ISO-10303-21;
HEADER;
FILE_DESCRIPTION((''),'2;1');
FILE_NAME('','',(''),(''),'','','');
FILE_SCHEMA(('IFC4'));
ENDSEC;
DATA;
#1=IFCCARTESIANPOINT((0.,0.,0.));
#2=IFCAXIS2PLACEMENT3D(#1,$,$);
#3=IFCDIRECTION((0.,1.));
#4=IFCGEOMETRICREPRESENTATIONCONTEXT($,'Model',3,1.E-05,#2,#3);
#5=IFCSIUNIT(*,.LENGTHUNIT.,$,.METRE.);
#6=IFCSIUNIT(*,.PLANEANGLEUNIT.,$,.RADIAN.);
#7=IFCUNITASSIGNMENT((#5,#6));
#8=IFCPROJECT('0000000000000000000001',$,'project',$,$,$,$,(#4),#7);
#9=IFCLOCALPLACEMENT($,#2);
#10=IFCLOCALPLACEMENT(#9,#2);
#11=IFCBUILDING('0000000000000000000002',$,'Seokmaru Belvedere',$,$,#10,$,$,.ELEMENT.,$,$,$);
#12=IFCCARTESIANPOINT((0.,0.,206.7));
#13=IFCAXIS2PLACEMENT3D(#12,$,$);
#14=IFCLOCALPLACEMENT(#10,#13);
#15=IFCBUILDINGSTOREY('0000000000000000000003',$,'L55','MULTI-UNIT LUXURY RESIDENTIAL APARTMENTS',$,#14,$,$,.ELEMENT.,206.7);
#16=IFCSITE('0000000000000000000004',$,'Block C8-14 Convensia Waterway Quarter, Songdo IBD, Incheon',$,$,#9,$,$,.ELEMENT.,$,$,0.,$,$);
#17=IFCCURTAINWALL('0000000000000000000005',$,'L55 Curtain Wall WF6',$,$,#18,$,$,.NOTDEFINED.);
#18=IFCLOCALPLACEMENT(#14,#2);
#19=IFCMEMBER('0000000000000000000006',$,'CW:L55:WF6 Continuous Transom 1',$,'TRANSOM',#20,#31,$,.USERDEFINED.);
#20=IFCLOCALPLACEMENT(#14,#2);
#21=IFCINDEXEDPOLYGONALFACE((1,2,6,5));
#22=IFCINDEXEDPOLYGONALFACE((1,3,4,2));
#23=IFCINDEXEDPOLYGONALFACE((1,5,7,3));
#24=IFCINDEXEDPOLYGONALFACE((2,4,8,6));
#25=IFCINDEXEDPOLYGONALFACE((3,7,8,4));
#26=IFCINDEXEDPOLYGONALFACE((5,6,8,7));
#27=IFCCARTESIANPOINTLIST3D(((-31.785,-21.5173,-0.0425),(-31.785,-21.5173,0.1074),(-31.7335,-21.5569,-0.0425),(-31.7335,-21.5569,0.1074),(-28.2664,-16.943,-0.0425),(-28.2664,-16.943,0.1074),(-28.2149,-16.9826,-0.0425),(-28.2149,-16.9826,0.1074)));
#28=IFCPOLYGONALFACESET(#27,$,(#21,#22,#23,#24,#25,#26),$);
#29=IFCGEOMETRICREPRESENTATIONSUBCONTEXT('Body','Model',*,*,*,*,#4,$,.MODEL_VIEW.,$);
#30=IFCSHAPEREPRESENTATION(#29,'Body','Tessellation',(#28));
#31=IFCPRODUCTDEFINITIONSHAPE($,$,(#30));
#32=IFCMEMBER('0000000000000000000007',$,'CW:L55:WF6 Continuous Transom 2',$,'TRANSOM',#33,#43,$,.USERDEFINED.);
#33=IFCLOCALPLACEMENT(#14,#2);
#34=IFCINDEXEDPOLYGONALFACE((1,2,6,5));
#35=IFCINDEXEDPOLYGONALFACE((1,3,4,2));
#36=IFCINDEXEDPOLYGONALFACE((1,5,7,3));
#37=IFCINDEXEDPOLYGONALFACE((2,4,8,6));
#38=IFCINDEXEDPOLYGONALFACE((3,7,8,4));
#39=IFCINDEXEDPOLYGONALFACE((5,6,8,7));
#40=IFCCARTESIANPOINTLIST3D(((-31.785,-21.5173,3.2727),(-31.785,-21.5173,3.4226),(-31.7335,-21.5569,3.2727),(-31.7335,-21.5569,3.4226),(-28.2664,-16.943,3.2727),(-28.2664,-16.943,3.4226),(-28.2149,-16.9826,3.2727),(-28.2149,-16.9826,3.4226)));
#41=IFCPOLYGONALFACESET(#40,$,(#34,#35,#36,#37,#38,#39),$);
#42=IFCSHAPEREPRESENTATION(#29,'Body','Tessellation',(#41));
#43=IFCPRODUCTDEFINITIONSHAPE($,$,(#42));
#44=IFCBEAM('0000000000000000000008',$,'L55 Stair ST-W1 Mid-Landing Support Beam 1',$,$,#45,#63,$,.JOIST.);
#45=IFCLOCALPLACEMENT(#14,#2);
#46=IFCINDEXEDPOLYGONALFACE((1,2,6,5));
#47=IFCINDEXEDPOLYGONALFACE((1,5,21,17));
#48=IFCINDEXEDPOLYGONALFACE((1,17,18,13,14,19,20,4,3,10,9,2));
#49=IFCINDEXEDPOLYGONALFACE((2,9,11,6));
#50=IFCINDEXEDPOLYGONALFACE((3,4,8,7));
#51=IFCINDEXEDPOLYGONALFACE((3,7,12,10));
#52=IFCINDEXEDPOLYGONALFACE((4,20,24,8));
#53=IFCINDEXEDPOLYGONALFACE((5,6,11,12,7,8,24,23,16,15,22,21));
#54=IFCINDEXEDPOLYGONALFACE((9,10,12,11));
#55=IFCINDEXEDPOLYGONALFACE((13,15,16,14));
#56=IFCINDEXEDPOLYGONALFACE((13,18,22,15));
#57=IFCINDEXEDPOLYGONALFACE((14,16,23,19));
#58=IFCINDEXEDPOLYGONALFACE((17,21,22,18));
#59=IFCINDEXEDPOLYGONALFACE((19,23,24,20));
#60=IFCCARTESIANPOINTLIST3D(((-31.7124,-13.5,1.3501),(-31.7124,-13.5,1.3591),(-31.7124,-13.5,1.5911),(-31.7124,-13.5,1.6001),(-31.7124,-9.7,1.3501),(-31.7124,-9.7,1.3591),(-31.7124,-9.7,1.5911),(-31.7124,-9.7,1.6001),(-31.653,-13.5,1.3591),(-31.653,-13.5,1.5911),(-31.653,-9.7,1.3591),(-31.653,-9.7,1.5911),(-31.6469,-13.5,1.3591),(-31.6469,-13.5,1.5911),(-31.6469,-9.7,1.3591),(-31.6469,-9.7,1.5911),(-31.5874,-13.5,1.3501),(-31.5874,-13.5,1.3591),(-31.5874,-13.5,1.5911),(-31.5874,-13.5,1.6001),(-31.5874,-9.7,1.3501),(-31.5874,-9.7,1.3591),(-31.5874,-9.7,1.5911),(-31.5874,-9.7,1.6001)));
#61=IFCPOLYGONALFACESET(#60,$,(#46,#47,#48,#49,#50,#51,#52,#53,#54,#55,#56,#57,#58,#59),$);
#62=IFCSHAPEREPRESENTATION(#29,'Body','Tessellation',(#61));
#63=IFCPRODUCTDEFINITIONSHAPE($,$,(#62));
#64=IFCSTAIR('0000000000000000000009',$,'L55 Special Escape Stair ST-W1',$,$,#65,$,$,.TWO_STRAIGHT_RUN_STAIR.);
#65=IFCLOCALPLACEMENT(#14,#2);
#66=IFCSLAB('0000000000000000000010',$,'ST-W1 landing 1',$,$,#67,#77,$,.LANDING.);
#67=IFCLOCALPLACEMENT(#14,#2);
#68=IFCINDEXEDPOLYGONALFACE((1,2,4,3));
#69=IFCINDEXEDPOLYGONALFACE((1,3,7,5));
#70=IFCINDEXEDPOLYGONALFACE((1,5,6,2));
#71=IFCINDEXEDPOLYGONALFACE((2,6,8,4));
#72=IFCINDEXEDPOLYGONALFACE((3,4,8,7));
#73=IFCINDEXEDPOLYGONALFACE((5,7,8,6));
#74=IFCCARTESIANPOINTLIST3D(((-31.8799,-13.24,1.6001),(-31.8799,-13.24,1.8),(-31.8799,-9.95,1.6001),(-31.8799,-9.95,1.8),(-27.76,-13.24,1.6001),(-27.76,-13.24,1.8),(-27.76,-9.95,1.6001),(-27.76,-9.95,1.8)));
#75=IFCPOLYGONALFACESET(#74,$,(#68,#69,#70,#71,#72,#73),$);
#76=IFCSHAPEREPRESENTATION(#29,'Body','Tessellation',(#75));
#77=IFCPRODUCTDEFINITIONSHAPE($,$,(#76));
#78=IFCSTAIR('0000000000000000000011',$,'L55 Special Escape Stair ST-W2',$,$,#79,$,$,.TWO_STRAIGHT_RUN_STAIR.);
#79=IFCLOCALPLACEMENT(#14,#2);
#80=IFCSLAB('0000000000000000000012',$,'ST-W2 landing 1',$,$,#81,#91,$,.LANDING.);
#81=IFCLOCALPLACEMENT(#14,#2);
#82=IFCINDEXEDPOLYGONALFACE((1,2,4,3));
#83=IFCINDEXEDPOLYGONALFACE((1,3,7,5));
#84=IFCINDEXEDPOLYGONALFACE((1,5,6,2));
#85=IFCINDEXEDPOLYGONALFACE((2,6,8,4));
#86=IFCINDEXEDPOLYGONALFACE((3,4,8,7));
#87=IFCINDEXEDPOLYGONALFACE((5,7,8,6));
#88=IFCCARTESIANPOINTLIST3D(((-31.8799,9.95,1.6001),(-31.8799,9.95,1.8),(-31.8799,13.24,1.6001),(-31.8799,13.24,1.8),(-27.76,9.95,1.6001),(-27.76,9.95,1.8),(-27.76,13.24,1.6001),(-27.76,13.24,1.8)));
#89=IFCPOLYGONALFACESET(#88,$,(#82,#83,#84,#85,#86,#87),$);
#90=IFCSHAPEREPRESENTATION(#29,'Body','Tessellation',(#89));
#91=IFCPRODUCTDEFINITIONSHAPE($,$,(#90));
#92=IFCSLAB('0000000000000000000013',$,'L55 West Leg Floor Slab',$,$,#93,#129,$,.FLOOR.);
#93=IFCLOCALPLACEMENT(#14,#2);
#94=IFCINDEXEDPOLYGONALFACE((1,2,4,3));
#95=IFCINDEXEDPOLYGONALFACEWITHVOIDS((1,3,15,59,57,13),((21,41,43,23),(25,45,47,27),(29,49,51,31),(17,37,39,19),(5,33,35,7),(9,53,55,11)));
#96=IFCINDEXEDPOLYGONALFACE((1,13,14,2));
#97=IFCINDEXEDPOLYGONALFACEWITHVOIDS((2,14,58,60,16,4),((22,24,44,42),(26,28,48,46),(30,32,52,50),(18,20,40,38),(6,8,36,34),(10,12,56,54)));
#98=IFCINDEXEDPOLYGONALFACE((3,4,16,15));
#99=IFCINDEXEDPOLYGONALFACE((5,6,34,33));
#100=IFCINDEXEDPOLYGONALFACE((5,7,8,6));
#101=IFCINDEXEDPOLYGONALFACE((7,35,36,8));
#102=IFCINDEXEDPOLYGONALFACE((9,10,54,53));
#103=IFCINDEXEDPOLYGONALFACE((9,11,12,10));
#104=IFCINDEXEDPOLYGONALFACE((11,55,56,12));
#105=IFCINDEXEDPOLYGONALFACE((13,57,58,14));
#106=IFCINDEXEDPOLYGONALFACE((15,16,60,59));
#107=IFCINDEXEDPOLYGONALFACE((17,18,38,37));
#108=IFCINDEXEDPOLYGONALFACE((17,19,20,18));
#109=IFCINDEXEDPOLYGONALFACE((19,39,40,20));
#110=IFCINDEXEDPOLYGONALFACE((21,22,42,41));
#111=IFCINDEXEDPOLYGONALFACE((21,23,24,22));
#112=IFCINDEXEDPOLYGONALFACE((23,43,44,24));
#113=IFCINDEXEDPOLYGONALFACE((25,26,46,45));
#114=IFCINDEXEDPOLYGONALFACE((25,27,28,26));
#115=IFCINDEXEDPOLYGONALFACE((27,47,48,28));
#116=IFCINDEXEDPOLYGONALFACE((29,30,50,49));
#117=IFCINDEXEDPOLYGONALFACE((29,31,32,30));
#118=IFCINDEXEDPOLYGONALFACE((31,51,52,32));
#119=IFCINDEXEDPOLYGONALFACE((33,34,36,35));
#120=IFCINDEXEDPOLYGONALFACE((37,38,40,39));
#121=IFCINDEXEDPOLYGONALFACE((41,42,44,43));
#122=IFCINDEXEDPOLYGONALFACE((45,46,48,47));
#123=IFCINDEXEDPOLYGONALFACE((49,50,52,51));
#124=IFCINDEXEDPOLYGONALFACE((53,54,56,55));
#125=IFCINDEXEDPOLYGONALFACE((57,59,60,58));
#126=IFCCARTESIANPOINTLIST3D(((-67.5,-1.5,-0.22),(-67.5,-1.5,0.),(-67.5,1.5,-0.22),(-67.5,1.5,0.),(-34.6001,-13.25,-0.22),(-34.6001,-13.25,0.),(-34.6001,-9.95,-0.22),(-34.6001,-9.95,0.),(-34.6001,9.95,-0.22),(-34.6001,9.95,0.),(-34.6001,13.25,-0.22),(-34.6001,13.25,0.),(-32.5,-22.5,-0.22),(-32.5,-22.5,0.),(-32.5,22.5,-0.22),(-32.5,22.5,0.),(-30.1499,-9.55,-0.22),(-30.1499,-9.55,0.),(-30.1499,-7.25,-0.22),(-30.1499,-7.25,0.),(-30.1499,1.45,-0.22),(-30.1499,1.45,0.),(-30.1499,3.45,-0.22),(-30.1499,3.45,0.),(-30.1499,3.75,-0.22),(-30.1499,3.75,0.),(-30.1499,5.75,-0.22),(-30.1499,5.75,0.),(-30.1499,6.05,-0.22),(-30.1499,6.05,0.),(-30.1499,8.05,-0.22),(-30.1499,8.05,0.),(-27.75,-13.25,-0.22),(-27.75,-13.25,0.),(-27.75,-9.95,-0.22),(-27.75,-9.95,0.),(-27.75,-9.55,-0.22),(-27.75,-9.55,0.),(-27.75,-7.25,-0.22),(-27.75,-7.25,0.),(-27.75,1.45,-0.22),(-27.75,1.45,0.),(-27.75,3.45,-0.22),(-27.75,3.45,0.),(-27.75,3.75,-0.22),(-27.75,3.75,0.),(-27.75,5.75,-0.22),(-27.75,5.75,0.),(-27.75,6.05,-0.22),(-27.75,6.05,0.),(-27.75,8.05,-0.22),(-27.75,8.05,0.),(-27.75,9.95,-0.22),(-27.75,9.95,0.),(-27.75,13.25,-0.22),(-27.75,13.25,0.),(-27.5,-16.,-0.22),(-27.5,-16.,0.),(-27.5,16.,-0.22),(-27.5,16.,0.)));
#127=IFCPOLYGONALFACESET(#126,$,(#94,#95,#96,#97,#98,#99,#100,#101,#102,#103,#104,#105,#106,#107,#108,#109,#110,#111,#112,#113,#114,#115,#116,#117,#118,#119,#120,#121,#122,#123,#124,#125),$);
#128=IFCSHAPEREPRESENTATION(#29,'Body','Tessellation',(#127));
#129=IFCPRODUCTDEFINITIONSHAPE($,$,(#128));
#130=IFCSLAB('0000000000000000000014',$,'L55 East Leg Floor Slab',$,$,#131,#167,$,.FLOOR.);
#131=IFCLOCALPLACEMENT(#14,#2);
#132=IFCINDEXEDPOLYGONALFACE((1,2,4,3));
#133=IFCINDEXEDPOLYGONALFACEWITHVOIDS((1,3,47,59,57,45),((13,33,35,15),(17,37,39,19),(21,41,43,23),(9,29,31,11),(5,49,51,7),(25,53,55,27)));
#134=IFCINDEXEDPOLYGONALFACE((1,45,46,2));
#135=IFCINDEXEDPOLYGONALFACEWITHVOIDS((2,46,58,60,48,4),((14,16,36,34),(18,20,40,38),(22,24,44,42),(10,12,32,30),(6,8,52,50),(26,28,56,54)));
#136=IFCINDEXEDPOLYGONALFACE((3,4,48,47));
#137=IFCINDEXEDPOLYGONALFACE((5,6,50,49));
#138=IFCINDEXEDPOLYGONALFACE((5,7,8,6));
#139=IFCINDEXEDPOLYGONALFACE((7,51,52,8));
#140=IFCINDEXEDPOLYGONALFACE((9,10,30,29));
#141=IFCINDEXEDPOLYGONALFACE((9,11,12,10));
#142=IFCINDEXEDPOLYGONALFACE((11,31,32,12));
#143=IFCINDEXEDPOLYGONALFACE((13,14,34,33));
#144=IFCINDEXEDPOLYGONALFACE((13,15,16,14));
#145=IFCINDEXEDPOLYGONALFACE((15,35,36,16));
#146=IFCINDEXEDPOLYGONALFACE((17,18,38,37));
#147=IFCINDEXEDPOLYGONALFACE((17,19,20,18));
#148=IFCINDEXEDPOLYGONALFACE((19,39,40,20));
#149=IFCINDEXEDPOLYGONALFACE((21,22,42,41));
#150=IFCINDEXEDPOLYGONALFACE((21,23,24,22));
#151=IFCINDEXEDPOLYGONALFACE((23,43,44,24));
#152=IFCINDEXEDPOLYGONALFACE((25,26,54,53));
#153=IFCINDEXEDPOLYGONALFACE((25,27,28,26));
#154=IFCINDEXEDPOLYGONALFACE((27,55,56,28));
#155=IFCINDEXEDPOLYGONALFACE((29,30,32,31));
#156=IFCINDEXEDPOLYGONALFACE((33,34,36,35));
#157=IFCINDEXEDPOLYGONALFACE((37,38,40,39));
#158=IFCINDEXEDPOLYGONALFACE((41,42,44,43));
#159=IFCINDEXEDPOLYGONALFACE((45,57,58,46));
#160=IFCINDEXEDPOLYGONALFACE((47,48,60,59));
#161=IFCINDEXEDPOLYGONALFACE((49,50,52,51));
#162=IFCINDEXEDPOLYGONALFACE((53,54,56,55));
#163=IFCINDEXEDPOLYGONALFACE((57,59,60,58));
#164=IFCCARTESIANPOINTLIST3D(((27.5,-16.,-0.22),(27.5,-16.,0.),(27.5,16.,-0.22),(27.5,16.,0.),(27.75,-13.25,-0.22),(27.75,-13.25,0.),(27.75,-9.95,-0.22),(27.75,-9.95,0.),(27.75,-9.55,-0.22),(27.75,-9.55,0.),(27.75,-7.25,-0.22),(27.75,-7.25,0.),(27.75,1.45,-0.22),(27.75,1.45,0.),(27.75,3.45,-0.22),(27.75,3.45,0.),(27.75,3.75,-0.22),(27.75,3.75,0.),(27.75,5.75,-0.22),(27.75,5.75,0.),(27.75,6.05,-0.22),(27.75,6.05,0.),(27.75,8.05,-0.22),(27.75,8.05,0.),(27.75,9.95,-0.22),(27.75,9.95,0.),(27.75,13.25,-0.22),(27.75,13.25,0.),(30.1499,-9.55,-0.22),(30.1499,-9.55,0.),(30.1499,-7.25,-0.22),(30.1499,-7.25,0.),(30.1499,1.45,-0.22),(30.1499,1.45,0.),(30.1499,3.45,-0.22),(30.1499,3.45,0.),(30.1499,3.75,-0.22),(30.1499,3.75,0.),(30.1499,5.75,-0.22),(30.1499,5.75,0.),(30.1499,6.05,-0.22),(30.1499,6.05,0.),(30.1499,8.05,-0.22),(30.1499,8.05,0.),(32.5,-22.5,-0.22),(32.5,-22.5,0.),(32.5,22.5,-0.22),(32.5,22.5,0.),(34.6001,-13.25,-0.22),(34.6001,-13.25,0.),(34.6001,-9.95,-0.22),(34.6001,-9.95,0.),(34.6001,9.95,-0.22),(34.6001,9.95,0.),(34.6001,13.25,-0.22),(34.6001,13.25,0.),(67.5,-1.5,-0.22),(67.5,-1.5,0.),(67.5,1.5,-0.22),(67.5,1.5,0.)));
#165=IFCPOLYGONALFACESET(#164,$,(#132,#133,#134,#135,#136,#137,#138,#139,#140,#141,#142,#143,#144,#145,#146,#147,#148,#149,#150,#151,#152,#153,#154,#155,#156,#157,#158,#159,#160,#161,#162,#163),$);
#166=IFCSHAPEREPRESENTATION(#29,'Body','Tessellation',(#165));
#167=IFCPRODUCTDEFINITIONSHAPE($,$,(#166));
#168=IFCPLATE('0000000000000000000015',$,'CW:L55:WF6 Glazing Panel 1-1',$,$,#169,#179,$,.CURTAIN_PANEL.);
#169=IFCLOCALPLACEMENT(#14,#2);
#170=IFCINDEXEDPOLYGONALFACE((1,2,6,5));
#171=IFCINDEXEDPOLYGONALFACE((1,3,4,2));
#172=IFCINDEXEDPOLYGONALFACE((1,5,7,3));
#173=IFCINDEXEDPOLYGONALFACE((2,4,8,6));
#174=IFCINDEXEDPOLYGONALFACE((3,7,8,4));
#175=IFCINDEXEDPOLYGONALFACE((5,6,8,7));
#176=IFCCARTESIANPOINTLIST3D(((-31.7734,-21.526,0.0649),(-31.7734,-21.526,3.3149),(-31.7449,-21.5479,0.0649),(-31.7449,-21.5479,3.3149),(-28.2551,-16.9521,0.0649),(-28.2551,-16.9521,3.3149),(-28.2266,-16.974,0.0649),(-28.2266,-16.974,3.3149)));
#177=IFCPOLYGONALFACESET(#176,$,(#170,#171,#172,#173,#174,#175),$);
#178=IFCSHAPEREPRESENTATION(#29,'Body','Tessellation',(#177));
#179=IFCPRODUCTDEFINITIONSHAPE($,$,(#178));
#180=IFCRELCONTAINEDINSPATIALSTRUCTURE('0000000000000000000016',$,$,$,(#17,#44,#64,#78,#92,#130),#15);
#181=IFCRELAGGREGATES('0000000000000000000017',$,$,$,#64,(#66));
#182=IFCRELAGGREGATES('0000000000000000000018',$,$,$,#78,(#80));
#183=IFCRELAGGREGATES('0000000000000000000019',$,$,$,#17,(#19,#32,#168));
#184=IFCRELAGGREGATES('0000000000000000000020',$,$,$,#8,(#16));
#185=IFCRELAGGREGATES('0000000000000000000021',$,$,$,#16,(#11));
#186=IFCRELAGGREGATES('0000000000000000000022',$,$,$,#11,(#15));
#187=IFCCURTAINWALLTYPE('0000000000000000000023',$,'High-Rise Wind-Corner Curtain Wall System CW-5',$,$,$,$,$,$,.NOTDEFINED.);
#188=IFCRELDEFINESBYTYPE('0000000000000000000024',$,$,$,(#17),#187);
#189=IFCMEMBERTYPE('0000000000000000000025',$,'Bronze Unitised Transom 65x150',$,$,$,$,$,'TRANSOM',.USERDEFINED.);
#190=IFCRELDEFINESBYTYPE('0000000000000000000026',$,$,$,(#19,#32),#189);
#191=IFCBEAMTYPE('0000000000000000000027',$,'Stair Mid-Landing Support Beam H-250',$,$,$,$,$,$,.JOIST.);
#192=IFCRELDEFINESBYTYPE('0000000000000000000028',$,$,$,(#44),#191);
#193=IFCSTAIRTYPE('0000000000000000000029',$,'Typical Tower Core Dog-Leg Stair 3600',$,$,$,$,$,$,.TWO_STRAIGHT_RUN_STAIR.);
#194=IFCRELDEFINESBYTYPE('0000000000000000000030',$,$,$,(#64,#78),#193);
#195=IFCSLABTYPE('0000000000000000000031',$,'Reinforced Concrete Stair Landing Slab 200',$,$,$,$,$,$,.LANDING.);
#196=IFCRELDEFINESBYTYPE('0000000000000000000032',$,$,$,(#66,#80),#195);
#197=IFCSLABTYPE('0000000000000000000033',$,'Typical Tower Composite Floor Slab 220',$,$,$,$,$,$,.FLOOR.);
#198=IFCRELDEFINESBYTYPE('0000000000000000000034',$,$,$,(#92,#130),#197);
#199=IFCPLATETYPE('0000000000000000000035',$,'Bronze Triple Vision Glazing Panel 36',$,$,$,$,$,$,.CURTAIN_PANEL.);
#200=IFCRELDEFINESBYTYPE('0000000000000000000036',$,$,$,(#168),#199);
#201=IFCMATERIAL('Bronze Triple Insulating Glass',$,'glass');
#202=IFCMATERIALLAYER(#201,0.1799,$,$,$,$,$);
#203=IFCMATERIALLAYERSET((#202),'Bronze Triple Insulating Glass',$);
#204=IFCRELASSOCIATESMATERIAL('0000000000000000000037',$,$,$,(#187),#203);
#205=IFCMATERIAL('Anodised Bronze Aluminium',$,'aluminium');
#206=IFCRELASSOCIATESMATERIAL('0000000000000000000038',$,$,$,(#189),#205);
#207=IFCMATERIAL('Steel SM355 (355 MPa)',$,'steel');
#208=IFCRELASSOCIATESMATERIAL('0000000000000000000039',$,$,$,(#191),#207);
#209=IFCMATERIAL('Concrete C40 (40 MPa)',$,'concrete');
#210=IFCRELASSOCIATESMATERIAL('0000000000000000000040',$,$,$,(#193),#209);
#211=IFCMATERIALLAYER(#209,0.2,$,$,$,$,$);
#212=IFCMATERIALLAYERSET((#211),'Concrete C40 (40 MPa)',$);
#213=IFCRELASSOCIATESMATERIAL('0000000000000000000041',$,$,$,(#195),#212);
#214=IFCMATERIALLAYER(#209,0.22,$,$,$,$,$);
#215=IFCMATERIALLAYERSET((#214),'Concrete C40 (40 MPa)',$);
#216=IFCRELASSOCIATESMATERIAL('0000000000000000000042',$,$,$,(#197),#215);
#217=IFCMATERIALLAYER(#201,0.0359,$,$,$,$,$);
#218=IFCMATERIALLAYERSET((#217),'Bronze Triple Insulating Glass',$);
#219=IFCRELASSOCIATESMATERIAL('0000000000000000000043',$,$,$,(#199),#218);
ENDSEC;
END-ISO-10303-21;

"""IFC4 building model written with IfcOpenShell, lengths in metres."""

from ifc_helpers import new_model, si_unit, direction, frame, origin, origin_2d, place, context, subcontext, project, spatial, polyline, rectangle, i_section, outline, extrude, source, transform, mapped, material, layer, layer_set, material_profile, profile_set, type_object, type_shapes, element, aggregate, save


model = new_model("IFC4")

# Units and contexts
model_context = context("Model", 3, precision=1e-05, world=origin(), true_north=direction((0.0, 1.0)))
body_context = subcontext(model_context, "Body", "Model", "MODEL_VIEW")
ifc_project = project(units=[si_unit("LENGTHUNIT", "METRE"), si_unit("PLANEANGLEUNIT", "RADIAN")], contexts=[model_context])

# Site, building, storey
site_placement = place(None, origin())
site = spatial("IfcSite", under=ifc_project, at=site_placement, Name="Block C8-14 Convensia Waterway Quarter, Songdo IBD, Incheon", CompositionType="ELEMENT", RefElevation=0.0)
building_placement = place(site_placement, origin())
building = spatial("IfcBuilding", under=site, at=building_placement, Name="Seokmaru Belvedere", CompositionType="ELEMENT")
storey_placement = place(building_placement, frame((0.0, 0.0, 206.7)))
storey = spatial("IfcBuildingStorey", under=building, at=storey_placement, Name="L55", Description="MULTI-UNIT LUXURY RESIDENTIAL APARTMENTS", CompositionType="ELEMENT", Elevation=206.7)

# Shared definitions
ifc_material_1 = material(Name="Steel SM355 (355 MPa)", Category="steel")

# Curtain wall, members
ifc_material_2 = material(Name="Bronze Triple Insulating Glass", Category="glass")
ifc_layer_1 = layer(ifc_material_2, 0.1799)
ifc_layer_set_1 = layer_set([ifc_layer_1], Name="Bronze Triple Insulating Glass")
curtain_wall_type = type_object("IfcCurtainWallType", Name="High-Rise Wind-Corner Curtain Wall System CW-5", PredefinedType="NOTDEFINED", material=ifc_layer_set_1)
curtain_wall_placement = place(storey_placement, origin())
curtain_wall = element("IfcCurtainWall", 1, at=curtain_wall_placement, inside=storey, type_object=curtain_wall_type, Name="L55 Curtain Wall WF6", PredefinedType="NOTDEFINED")
ifc_material_3 = material(Name="Anodised Bronze Aluminium", Category="aluminium")
ifc_material_profile_1 = material_profile(ifc_material_3, rectangle(XDim=0.0649, YDim=0.1499, at=origin_2d()), Name="CW-T-65x150")
ifc_profile_set_1 = profile_set([ifc_material_profile_1], Name="Anodised Bronze Aluminium")
member_type_1 = type_object("IfcMemberType", Name="Bronze Unitised Transom 65x150", ElementType="TRANSOM", PredefinedType="USERDEFINED", material=ifc_profile_set_1)
shared_shape_1 = source(origin(), body_context, "Body", "SweptSolid", [
    extrude(rectangle(XDim=0.0649, YDim=0.1499, at=origin_2d()), origin(), (0.0, 0.0, 1.0), 5.771),
])
type_shapes(member_type_1, [shared_shape_1])
member_1_placement = place(storey_placement, frame((-31.7593, -21.5371, 0.0325), z_axis=(0.609703, 0.79263, 0.0), x_axis=(-0.79263, 0.609703, 0.0)))
member_1 = element("IfcMember", 2, at=member_1_placement, type_object=member_type_1, Name="CW:L55:WF6 Continuous Transom 1", ObjectType="TRANSOM", PredefinedType="USERDEFINED", context=body_context, shape_type="MappedRepresentation", body=[
    mapped(shared_shape_1, transform((0.0, 0.0, 0.0), scale=1.0)),
])
member_2_placement = place(storey_placement, frame((-31.7593, -21.5371, 3.3477), z_axis=(0.609703, 0.79263, 0.0), x_axis=(-0.79263, 0.609703, 0.0)))
member_2 = element("IfcMember", 3, at=member_2_placement, type_object=member_type_1, Name="CW:L55:WF6 Continuous Transom 2", ObjectType="TRANSOM", PredefinedType="USERDEFINED", context=body_context, shape_type="MappedRepresentation", body=[
    mapped(shared_shape_1, transform((0.0, 0.0, 0.0), scale=1.0)),
])

# Beam
ifc_material_profile_2 = material_profile(ifc_material_1, i_section(OverallWidth=0.125, OverallDepth=0.25, WebThickness=0.0061, FlangeThickness=0.009, at=origin_2d()), Name="H-250x125x6x9")
ifc_profile_set_2 = profile_set([ifc_material_profile_2], Name="Steel SM355 (355 MPa)")
beam_type_1 = type_object("IfcBeamType", Name="Stair Mid-Landing Support Beam H-250", PredefinedType="JOIST", material=ifc_profile_set_2)
shared_shape_2 = source(origin(), body_context, "Body", "SweptSolid", [
    extrude(i_section(OverallWidth=0.125, OverallDepth=0.25, WebThickness=0.0061, FlangeThickness=0.009, at=origin_2d()), origin(), (0.0, 0.0, 1.0), 3.8),
])
type_shapes(beam_type_1, [shared_shape_2])
beam_1_placement = place(storey_placement, frame((-31.6499, -13.5, 1.4751), z_axis=(0.0, 1.0, 0.0), x_axis=(-1.0, 0.0, 0.0)))
element("IfcBeam", 4, at=beam_1_placement, inside=storey, type_object=beam_type_1, Name="L55 Stair ST-W1 Mid-Landing Support Beam 1", PredefinedType="JOIST", context=body_context, shape_type="MappedRepresentation", body=[
    mapped(shared_shape_2, transform((0.0, 0.0, 0.0), scale=1.0)),
])

# Stairs, slabs
ifc_material_4 = material(Name="Concrete C40 (40 MPa)", Category="concrete")
stair_type = type_object("IfcStairType", Name="Typical Tower Core Dog-Leg Stair 3600", PredefinedType="TWO_STRAIGHT_RUN_STAIR", material=ifc_material_4)
stair_1_placement = place(storey_placement, origin())
stair_1 = element("IfcStair", 5, at=stair_1_placement, inside=storey, type_object=stair_type, Name="L55 Special Escape Stair ST-W1", PredefinedType="TWO_STRAIGHT_RUN_STAIR")
ifc_layer_2 = layer(ifc_material_4, 0.2)
ifc_layer_set_2 = layer_set([ifc_layer_2], Name="Concrete C40 (40 MPa)")
slab_type_1 = type_object("IfcSlabType", Name="Reinforced Concrete Stair Landing Slab 200", PredefinedType="LANDING", material=ifc_layer_set_2)
slab_1_placement = place(storey_placement, frame((0.0, 0.0, 1.6001)))
slab_1 = element("IfcSlab", 6, at=slab_1_placement, type_object=slab_type_1, Name="ST-W1 landing 1", PredefinedType="LANDING", context=body_context, shape_type="SweptSolid", body=[
    extrude(outline(polyline([(-31.8799, -13.24), (-27.76, -13.24), (-27.76, -9.95), (-31.8799, -9.95), (-31.8799, -13.24)])), origin(), (0.0, 0.0, 1.0), 0.2),
])
aggregate(stair_1, [slab_1])
stair_2_placement = place(storey_placement, origin())
stair_2 = element("IfcStair", 7, at=stair_2_placement, inside=storey, type_object=stair_type, Name="L55 Special Escape Stair ST-W2", PredefinedType="TWO_STRAIGHT_RUN_STAIR")
slab_2_placement = place(storey_placement, frame((0.0, 0.0, 1.6001)))
slab_2 = element("IfcSlab", 8, at=slab_2_placement, type_object=slab_type_1, Name="ST-W2 landing 1", PredefinedType="LANDING", context=body_context, shape_type="SweptSolid", body=[
    extrude(outline(polyline([(-31.8799, 9.95), (-27.76, 9.95), (-27.76, 13.24), (-31.8799, 13.24), (-31.8799, 9.95)])), origin(), (0.0, 0.0, 1.0), 0.2),
])
aggregate(stair_2, [slab_2])

# Slabs
ifc_layer_3 = layer(ifc_material_4, 0.22)
ifc_layer_set_3 = layer_set([ifc_layer_3], Name="Concrete C40 (40 MPa)")
slab_type_2 = type_object("IfcSlabType", Name="Typical Tower Composite Floor Slab 220", PredefinedType="FLOOR", material=ifc_layer_set_3)
slab_3_placement = place(storey_placement, frame((0.0, 0.0, -0.22)))
element("IfcSlab", 9, at=slab_3_placement, inside=storey, type_object=slab_type_2, Name="L55 West Leg Floor Slab", PredefinedType="FLOOR", context=body_context, shape_type="SweptSolid", body=[
    extrude(outline(polyline([(-27.5, -16.0), (-27.5, 16.0), (-32.5, 22.5), (-67.5, 1.5), (-67.5, -1.5), (-32.5, -22.5), (-27.5, -16.0)]), holes=[polyline([(-34.6001, -13.25), (-27.75, -13.25), (-27.75, -9.95), (-34.6001, -9.95), (-34.6001, -13.25)]), polyline([(-34.6001, 9.95), (-27.75, 9.95), (-27.75, 13.25), (-34.6001, 13.25), (-34.6001, 9.95)]), polyline([(-30.1499, -9.55), (-27.75, -9.55), (-27.75, -7.25), (-30.1499, -7.25), (-30.1499, -9.55)]), polyline([(-30.1499, 1.45), (-27.75, 1.45), (-27.75, 3.45), (-30.1499, 3.45), (-30.1499, 1.45)]), polyline([(-30.1499, 3.75), (-27.75, 3.75), (-27.75, 5.75), (-30.1499, 5.75), (-30.1499, 3.75)]), polyline([(-30.1499, 6.05), (-27.75, 6.05), (-27.75, 8.05), (-30.1499, 8.05), (-30.1499, 6.05)])]), origin(), (0.0, 0.0, 1.0), 0.22),
])
slab_4_placement = place(storey_placement, frame((0.0, 0.0, -0.22)))
element("IfcSlab", 10, at=slab_4_placement, inside=storey, type_object=slab_type_2, Name="L55 East Leg Floor Slab", PredefinedType="FLOOR", context=body_context, shape_type="SweptSolid", body=[
    extrude(outline(polyline([(32.5, -22.5), (67.5, -1.5), (67.5, 1.5), (32.5, 22.5), (27.5, 16.0), (27.5, -16.0), (32.5, -22.5)]), holes=[polyline([(27.75, -13.25), (34.6001, -13.25), (34.6001, -9.95), (27.75, -9.95), (27.75, -13.25)]), polyline([(27.75, 9.95), (34.6001, 9.95), (34.6001, 13.25), (27.75, 13.25), (27.75, 9.95)]), polyline([(27.75, -9.55), (30.1499, -9.55), (30.1499, -7.25), (27.75, -7.25), (27.75, -9.55)]), polyline([(27.75, 1.45), (30.1499, 1.45), (30.1499, 3.45), (27.75, 3.45), (27.75, 1.45)]), polyline([(27.75, 3.75), (30.1499, 3.75), (30.1499, 5.75), (27.75, 5.75), (27.75, 3.75)]), polyline([(27.75, 6.05), (30.1499, 6.05), (30.1499, 8.05), (27.75, 8.05), (27.75, 6.05)])]), origin(), (0.0, 0.0, 1.0), 0.22),
])

# Plate
ifc_layer_4 = layer(ifc_material_2, 0.0359)
ifc_layer_set_4 = layer_set([ifc_layer_4], Name="Bronze Triple Insulating Glass")
plate_type = type_object("IfcPlateType", Name="Bronze Triple Vision Glazing Panel 36", PredefinedType="CURTAIN_PANEL", material=ifc_layer_set_4)
shared_shape_3 = source(origin(), body_context, "Body", "SweptSolid", [
    extrude(rectangle(XDim=5.7705, YDim=0.0359, at=origin_2d()), origin(), (0.0, 0.0, 1.0), 3.25),
])
type_shapes(plate_type, [shared_shape_3])
plate_placement = place(storey_placement, frame((-30.0, -19.25, 0.0649), z_axis=(0.0, 0.0, 1.0), x_axis=(0.609701, 0.792631, 0.0)))
plate = element("IfcPlate", 11, at=plate_placement, type_object=plate_type, Name="CW:L55:WF6 Glazing Panel 1-1", PredefinedType="CURTAIN_PANEL", context=body_context, shape_type="MappedRepresentation", body=[
    mapped(shared_shape_3, transform((0.0, 0.0, 0.0), scale=1.0)),
])
aggregate(curtain_wall, [member_1, member_2, plate])

save(model, "model.ifc")
